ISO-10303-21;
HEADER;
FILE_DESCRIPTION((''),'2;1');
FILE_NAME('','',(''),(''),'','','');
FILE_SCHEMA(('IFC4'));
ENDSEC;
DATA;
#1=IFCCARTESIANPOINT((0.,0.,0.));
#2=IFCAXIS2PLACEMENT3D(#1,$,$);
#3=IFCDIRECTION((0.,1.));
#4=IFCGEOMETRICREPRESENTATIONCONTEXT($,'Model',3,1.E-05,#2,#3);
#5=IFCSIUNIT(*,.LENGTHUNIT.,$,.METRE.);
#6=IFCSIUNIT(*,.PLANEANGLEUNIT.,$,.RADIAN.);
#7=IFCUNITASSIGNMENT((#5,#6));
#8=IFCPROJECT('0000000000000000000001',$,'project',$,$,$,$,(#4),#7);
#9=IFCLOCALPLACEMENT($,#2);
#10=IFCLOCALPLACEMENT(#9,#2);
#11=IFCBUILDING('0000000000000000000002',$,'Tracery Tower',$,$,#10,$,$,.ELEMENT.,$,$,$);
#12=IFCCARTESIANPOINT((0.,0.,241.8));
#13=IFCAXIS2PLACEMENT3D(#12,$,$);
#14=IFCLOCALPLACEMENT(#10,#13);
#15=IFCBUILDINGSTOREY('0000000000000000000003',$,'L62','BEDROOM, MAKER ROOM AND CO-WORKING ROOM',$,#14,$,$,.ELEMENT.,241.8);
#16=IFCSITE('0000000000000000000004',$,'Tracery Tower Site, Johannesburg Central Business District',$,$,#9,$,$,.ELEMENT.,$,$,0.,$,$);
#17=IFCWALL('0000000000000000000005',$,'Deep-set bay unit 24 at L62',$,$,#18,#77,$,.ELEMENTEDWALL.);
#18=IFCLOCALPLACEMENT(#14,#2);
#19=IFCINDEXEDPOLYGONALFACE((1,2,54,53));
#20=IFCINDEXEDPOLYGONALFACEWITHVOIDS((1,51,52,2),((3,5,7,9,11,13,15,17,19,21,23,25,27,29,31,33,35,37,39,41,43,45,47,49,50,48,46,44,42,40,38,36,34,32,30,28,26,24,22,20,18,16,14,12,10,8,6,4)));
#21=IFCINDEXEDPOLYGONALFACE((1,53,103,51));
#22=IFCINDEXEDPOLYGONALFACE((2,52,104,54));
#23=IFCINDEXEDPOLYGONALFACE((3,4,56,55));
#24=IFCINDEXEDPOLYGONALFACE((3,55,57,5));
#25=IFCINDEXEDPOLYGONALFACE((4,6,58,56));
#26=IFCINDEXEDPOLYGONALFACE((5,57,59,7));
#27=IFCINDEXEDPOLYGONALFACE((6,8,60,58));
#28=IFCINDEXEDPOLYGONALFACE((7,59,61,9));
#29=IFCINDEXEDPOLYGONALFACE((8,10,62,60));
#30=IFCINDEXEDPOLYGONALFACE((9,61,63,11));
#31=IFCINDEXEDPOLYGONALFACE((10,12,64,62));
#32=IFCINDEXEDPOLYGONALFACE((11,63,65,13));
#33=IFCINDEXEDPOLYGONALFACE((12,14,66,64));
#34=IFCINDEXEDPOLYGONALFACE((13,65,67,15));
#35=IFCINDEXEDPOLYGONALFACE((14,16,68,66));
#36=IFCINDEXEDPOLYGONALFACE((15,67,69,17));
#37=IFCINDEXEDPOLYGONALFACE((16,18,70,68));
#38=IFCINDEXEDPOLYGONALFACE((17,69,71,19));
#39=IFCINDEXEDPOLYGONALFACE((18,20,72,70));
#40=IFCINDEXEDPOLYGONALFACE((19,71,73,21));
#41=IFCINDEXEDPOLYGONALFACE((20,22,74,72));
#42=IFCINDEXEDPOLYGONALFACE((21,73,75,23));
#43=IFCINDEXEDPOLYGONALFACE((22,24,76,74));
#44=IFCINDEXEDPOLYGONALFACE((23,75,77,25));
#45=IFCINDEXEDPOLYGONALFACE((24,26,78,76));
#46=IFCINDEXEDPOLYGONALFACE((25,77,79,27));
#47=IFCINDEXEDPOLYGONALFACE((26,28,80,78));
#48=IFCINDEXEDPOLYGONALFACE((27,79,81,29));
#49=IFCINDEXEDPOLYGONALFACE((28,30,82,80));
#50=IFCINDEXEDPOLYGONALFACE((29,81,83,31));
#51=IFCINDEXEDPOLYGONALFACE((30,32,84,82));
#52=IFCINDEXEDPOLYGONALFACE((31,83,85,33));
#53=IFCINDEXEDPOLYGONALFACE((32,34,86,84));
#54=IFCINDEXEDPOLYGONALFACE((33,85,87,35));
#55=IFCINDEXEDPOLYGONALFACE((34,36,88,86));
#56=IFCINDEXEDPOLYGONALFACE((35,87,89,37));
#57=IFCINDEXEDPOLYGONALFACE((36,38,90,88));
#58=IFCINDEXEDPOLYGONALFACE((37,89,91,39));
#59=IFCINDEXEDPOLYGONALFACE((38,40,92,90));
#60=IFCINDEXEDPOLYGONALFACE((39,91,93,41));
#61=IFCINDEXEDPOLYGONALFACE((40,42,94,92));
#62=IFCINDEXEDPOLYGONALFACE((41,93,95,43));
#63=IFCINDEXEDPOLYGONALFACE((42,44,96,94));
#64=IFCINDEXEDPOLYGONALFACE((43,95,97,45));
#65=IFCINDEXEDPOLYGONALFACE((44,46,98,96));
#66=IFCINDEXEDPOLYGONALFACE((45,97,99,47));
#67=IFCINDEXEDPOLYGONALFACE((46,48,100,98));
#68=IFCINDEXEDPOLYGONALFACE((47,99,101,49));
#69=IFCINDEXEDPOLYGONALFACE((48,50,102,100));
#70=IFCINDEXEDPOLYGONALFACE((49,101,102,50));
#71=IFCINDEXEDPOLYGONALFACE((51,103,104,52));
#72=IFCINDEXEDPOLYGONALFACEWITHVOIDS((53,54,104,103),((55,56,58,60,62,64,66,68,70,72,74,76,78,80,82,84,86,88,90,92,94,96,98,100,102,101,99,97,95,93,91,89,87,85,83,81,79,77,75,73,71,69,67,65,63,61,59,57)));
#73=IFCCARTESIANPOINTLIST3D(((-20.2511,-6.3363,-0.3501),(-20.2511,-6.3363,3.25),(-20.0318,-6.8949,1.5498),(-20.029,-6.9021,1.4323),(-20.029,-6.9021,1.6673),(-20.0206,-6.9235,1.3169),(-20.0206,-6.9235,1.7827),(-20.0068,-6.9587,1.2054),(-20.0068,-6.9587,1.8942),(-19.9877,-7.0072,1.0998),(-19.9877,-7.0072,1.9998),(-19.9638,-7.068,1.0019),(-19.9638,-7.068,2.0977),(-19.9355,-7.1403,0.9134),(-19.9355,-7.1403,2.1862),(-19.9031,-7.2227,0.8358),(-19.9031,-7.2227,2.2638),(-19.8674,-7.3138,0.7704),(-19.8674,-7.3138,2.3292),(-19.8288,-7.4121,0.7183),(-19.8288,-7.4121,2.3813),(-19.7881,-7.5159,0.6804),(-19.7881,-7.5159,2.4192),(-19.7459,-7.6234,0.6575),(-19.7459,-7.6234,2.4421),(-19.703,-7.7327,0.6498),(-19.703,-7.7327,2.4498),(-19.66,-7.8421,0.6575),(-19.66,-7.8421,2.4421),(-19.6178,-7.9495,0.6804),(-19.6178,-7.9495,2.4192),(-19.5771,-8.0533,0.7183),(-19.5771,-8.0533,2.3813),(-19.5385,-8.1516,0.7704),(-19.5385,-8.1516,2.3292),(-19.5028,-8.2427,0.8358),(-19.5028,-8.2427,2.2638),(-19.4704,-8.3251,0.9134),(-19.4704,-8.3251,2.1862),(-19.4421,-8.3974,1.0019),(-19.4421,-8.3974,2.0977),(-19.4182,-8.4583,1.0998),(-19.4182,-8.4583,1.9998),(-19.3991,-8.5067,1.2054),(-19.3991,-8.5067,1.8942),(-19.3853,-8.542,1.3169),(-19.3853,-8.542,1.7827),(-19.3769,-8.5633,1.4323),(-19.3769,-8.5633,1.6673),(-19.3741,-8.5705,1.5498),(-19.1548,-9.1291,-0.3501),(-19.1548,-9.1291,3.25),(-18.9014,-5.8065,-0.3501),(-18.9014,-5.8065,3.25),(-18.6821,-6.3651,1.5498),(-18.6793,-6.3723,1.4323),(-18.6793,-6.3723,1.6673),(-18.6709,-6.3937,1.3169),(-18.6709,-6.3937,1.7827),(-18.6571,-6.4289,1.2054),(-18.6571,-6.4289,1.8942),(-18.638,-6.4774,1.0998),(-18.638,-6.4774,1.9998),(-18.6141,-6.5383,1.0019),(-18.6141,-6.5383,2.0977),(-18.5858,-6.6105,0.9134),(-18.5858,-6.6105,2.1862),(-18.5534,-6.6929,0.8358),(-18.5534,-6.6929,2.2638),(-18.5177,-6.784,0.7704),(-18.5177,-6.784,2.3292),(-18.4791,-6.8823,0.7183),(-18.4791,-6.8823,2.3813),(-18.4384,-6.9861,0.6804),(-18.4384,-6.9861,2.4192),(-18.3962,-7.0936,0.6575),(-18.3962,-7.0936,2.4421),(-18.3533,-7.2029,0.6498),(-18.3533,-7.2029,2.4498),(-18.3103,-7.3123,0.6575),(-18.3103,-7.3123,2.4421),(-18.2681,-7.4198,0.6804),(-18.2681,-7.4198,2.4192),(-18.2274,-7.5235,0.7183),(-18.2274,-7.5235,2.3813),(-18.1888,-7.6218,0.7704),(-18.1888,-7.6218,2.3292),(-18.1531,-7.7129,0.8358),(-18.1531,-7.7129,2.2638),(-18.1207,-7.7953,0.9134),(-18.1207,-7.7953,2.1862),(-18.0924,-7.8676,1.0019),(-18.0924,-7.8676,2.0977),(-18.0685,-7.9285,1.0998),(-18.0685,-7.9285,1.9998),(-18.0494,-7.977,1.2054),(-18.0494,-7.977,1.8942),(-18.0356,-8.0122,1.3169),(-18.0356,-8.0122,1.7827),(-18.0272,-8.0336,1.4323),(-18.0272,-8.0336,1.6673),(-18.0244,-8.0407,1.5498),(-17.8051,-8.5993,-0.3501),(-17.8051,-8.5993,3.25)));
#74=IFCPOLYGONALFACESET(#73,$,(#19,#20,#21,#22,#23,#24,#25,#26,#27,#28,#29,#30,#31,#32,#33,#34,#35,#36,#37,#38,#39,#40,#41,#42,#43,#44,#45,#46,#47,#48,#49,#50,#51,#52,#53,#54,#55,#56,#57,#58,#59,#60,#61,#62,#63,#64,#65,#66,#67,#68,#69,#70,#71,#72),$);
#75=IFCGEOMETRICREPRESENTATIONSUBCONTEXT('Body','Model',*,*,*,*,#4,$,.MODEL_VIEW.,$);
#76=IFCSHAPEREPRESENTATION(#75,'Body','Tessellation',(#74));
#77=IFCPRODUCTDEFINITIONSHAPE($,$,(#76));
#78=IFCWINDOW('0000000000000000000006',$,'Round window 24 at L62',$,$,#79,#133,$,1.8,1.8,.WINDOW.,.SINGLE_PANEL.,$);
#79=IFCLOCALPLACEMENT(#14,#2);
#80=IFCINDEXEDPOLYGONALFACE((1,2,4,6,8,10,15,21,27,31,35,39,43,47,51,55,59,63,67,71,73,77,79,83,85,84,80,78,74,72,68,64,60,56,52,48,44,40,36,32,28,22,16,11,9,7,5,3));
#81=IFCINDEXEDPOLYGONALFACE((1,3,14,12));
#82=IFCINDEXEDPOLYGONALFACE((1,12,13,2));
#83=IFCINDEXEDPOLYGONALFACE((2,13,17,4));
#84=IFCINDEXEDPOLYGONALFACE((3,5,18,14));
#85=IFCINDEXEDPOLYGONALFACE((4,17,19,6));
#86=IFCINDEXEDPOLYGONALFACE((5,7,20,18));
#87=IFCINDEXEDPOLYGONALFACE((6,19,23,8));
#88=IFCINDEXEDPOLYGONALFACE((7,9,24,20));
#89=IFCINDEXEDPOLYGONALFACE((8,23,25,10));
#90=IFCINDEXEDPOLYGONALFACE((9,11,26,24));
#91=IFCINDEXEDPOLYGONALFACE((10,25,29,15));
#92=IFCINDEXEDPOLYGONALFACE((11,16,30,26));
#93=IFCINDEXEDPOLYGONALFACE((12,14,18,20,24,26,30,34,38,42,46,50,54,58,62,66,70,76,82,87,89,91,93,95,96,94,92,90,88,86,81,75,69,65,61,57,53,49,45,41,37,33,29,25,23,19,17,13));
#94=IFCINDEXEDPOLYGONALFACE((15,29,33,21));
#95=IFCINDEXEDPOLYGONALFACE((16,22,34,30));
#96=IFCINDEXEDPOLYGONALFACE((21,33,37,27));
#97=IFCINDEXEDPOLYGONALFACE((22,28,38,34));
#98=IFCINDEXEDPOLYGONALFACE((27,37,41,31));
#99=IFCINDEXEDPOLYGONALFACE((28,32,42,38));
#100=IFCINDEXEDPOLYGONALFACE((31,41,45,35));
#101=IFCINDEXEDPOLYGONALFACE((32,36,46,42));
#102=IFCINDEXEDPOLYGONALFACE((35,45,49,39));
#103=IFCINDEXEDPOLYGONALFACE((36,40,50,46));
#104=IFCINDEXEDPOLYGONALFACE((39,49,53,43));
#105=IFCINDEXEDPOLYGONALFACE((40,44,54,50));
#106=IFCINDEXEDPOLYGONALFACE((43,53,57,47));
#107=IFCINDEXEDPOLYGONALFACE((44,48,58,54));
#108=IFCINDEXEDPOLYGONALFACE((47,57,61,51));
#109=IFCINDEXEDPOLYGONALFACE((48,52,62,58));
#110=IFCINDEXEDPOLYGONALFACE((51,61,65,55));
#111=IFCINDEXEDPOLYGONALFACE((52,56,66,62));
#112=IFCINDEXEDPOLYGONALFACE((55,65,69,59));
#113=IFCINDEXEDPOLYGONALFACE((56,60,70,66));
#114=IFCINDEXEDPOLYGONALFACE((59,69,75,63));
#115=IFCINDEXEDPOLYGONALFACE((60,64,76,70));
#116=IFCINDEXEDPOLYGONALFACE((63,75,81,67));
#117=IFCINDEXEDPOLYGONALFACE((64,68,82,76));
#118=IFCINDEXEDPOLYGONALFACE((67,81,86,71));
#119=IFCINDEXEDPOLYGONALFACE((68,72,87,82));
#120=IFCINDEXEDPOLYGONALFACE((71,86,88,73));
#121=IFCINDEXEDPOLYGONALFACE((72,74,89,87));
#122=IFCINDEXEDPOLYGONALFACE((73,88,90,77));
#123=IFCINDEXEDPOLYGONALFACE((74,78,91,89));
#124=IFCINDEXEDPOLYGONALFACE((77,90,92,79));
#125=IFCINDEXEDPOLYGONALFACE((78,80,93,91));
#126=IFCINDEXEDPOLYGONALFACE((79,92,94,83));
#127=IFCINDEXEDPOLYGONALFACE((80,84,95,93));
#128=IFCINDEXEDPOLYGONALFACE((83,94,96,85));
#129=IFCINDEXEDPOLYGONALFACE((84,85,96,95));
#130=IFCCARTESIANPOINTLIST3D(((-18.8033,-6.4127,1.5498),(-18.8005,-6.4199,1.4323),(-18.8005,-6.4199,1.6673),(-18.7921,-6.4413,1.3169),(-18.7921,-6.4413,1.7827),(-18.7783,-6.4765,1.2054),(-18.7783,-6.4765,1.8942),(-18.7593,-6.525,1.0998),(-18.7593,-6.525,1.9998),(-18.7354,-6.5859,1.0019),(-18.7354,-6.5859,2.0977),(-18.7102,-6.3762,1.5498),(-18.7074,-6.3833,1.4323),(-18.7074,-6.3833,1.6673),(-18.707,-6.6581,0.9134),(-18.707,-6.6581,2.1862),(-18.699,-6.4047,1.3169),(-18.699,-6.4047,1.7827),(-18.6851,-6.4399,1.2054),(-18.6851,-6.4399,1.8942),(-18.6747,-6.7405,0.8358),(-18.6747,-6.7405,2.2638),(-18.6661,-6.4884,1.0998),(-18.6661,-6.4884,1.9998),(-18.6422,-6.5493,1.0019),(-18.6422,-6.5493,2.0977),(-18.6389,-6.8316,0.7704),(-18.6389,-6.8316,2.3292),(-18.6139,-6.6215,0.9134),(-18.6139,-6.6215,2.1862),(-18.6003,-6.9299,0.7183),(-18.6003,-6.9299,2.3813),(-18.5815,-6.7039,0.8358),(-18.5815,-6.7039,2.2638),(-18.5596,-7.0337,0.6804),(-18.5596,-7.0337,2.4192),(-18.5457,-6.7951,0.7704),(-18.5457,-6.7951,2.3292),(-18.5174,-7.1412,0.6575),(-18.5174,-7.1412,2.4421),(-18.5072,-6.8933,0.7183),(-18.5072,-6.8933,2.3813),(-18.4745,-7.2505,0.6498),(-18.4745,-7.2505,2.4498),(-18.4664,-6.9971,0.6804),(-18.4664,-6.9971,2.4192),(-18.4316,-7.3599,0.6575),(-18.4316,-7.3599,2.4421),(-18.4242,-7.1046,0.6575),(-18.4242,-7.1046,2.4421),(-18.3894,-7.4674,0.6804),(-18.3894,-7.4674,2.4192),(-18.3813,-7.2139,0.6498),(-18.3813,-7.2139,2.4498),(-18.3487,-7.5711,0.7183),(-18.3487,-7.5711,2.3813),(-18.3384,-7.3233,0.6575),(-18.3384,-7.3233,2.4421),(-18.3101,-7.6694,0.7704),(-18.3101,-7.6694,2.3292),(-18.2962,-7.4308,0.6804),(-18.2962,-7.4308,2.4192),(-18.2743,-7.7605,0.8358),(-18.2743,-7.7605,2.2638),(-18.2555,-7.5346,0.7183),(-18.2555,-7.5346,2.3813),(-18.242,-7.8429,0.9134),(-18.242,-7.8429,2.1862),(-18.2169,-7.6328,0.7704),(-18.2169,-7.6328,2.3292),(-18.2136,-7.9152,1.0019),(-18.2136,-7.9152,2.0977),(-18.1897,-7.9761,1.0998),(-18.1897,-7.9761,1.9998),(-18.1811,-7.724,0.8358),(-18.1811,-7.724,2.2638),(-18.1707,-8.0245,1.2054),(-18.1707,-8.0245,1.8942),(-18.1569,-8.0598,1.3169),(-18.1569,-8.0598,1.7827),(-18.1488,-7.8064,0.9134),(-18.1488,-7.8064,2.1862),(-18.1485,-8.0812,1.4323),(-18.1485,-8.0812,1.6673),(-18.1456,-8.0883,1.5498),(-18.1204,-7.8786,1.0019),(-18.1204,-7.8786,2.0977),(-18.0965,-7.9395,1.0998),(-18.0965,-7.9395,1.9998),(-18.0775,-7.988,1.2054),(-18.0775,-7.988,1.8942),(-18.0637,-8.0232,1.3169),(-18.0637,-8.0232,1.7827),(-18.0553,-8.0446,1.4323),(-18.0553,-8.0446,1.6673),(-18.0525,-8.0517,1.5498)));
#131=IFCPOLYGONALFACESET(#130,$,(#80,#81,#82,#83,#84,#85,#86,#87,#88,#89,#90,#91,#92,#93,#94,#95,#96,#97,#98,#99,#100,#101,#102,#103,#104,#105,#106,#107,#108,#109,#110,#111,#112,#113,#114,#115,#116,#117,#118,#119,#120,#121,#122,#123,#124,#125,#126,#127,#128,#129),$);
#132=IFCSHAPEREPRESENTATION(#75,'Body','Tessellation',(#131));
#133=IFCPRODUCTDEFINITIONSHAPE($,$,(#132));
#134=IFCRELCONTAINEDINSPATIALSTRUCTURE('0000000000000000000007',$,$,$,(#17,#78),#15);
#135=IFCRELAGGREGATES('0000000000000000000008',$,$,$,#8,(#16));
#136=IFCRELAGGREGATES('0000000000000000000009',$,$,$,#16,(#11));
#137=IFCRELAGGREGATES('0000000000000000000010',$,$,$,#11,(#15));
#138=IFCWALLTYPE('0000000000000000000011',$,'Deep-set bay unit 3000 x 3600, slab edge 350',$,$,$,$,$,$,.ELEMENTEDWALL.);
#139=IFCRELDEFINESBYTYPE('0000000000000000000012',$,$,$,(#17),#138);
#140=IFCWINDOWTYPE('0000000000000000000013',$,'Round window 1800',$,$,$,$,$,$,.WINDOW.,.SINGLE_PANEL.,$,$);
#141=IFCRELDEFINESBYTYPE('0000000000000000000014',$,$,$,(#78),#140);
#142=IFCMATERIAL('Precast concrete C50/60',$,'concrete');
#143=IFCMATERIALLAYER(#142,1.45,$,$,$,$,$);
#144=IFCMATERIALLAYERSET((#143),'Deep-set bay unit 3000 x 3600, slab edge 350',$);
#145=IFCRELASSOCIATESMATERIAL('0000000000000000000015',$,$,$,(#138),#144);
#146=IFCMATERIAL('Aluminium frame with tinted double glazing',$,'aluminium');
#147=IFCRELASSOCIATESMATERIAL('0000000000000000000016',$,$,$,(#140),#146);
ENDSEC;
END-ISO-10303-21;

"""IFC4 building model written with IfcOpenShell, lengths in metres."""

from ifc_helpers import new_model, si_unit, direction, frame, frame_2d, origin, origin_2d, place, context, subcontext, project, spatial, rectangle, circle, extrude, material, layer, layer_set, type_object, element, fill, save


model = new_model("IFC4")

# Units and contexts
model_context = context("Model", 3, precision=1e-05, world=origin(), true_north=direction((0.0, 1.0)))
body_context = subcontext(model_context, "Body", "Model", "MODEL_VIEW")
ifc_project = project(units=[si_unit("LENGTHUNIT", "METRE"), si_unit("PLANEANGLEUNIT", "RADIAN")], contexts=[model_context])

# Site, building, storey
site_placement = place(None, origin())
site = spatial("IfcSite", under=ifc_project, at=site_placement, Name="Tracery Tower Site, Johannesburg Central Business District", CompositionType="ELEMENT", RefElevation=0.0)
building_placement = place(site_placement, origin())
building = spatial("IfcBuilding", under=site, at=building_placement, Name="Tracery Tower", CompositionType="ELEMENT")
storey_placement = place(building_placement, frame((0.0, 0.0, 241.8)))
storey = spatial("IfcBuildingStorey", under=building, at=storey_placement, Name="L62", Description="BEDROOM, MAKER ROOM AND CO-WORKING ROOM", CompositionType="ELEMENT", Elevation=241.8)

# Wall, opening, window
ifc_material_1 = material(Name="Precast concrete C50/60", Category="concrete")
ifc_layer_1 = layer(ifc_material_1, 1.45)
ifc_layer_set_1 = layer_set([ifc_layer_1], Name="Deep-set bay unit 3000 x 3600, slab edge 350")
wall_type_1 = type_object("IfcWallType", Name="Deep-set bay unit 3000 x 3600, slab edge 350", PredefinedType="ELEMENTEDWALL", material=ifc_layer_set_1)
wall_1_placement = place(storey_placement, frame((-19.5762, -6.0715, -0.3501), z_axis=(0.0, 0.0, 1.0), x_axis=(0.365378, -0.930859, 0.0)))
wall_1 = element("IfcWall", 1, at=wall_1_placement, inside=storey, type_object=wall_type_1, Name="Deep-set bay unit 24 at L62", PredefinedType="ELEMENTEDWALL", context=body_context, shape_type="SweptSolid", body=[
    extrude(rectangle(XDim=3.0002, YDim=1.45, at=frame_2d((1.5, 0.0))), origin(), (0.0, 0.0, 1.0), 3.6001),
])
opening_1_placement = place(wall_1_placement, frame((1.5, 0.0, 1.8999)))
opening_1 = element("IfcOpeningElement", 2, at=opening_1_placement, cuts=wall_1, PredefinedType="OPENING", context=body_context, shape_type="SweptSolid", body=[
    extrude(circle(Radius=0.9, at=origin_2d()), frame((0.0, 0.7349, 0.0), z_axis=(0.0, -1.0, 0.0), x_axis=(1.0, 0.0, 0.0)), (0.0, 0.0, 1.0), 1.47),
])
ifc_material_2 = material(Name="Aluminium frame with tinted double glazing", Category="aluminium")
window_type = type_object("IfcWindowType", Name="Round window 1800", PartitioningType="SINGLE_PANEL", PredefinedType="WINDOW", material=ifc_material_2)
window_1_placement = place(opening_1_placement, origin())
window_1 = element("IfcWindow", 3, at=window_1_placement, inside=storey, type_object=window_type, Name="Round window 24 at L62", OverallHeight=1.8, OverallWidth=1.8, PartitioningType="SINGLE_PANEL", PredefinedType="WINDOW", context=body_context, shape_type="SweptSolid", body=[
    extrude(circle(Radius=0.9, at=origin_2d()), frame((0.0, 0.6948, 0.0), z_axis=(0.0, -1.0, 0.0), x_axis=(1.0, 0.0, 0.0)), (0.0, 0.0, 1.0), 0.1001),
])
fill(opening_1, window_1)

save(model, "model.ifc")
